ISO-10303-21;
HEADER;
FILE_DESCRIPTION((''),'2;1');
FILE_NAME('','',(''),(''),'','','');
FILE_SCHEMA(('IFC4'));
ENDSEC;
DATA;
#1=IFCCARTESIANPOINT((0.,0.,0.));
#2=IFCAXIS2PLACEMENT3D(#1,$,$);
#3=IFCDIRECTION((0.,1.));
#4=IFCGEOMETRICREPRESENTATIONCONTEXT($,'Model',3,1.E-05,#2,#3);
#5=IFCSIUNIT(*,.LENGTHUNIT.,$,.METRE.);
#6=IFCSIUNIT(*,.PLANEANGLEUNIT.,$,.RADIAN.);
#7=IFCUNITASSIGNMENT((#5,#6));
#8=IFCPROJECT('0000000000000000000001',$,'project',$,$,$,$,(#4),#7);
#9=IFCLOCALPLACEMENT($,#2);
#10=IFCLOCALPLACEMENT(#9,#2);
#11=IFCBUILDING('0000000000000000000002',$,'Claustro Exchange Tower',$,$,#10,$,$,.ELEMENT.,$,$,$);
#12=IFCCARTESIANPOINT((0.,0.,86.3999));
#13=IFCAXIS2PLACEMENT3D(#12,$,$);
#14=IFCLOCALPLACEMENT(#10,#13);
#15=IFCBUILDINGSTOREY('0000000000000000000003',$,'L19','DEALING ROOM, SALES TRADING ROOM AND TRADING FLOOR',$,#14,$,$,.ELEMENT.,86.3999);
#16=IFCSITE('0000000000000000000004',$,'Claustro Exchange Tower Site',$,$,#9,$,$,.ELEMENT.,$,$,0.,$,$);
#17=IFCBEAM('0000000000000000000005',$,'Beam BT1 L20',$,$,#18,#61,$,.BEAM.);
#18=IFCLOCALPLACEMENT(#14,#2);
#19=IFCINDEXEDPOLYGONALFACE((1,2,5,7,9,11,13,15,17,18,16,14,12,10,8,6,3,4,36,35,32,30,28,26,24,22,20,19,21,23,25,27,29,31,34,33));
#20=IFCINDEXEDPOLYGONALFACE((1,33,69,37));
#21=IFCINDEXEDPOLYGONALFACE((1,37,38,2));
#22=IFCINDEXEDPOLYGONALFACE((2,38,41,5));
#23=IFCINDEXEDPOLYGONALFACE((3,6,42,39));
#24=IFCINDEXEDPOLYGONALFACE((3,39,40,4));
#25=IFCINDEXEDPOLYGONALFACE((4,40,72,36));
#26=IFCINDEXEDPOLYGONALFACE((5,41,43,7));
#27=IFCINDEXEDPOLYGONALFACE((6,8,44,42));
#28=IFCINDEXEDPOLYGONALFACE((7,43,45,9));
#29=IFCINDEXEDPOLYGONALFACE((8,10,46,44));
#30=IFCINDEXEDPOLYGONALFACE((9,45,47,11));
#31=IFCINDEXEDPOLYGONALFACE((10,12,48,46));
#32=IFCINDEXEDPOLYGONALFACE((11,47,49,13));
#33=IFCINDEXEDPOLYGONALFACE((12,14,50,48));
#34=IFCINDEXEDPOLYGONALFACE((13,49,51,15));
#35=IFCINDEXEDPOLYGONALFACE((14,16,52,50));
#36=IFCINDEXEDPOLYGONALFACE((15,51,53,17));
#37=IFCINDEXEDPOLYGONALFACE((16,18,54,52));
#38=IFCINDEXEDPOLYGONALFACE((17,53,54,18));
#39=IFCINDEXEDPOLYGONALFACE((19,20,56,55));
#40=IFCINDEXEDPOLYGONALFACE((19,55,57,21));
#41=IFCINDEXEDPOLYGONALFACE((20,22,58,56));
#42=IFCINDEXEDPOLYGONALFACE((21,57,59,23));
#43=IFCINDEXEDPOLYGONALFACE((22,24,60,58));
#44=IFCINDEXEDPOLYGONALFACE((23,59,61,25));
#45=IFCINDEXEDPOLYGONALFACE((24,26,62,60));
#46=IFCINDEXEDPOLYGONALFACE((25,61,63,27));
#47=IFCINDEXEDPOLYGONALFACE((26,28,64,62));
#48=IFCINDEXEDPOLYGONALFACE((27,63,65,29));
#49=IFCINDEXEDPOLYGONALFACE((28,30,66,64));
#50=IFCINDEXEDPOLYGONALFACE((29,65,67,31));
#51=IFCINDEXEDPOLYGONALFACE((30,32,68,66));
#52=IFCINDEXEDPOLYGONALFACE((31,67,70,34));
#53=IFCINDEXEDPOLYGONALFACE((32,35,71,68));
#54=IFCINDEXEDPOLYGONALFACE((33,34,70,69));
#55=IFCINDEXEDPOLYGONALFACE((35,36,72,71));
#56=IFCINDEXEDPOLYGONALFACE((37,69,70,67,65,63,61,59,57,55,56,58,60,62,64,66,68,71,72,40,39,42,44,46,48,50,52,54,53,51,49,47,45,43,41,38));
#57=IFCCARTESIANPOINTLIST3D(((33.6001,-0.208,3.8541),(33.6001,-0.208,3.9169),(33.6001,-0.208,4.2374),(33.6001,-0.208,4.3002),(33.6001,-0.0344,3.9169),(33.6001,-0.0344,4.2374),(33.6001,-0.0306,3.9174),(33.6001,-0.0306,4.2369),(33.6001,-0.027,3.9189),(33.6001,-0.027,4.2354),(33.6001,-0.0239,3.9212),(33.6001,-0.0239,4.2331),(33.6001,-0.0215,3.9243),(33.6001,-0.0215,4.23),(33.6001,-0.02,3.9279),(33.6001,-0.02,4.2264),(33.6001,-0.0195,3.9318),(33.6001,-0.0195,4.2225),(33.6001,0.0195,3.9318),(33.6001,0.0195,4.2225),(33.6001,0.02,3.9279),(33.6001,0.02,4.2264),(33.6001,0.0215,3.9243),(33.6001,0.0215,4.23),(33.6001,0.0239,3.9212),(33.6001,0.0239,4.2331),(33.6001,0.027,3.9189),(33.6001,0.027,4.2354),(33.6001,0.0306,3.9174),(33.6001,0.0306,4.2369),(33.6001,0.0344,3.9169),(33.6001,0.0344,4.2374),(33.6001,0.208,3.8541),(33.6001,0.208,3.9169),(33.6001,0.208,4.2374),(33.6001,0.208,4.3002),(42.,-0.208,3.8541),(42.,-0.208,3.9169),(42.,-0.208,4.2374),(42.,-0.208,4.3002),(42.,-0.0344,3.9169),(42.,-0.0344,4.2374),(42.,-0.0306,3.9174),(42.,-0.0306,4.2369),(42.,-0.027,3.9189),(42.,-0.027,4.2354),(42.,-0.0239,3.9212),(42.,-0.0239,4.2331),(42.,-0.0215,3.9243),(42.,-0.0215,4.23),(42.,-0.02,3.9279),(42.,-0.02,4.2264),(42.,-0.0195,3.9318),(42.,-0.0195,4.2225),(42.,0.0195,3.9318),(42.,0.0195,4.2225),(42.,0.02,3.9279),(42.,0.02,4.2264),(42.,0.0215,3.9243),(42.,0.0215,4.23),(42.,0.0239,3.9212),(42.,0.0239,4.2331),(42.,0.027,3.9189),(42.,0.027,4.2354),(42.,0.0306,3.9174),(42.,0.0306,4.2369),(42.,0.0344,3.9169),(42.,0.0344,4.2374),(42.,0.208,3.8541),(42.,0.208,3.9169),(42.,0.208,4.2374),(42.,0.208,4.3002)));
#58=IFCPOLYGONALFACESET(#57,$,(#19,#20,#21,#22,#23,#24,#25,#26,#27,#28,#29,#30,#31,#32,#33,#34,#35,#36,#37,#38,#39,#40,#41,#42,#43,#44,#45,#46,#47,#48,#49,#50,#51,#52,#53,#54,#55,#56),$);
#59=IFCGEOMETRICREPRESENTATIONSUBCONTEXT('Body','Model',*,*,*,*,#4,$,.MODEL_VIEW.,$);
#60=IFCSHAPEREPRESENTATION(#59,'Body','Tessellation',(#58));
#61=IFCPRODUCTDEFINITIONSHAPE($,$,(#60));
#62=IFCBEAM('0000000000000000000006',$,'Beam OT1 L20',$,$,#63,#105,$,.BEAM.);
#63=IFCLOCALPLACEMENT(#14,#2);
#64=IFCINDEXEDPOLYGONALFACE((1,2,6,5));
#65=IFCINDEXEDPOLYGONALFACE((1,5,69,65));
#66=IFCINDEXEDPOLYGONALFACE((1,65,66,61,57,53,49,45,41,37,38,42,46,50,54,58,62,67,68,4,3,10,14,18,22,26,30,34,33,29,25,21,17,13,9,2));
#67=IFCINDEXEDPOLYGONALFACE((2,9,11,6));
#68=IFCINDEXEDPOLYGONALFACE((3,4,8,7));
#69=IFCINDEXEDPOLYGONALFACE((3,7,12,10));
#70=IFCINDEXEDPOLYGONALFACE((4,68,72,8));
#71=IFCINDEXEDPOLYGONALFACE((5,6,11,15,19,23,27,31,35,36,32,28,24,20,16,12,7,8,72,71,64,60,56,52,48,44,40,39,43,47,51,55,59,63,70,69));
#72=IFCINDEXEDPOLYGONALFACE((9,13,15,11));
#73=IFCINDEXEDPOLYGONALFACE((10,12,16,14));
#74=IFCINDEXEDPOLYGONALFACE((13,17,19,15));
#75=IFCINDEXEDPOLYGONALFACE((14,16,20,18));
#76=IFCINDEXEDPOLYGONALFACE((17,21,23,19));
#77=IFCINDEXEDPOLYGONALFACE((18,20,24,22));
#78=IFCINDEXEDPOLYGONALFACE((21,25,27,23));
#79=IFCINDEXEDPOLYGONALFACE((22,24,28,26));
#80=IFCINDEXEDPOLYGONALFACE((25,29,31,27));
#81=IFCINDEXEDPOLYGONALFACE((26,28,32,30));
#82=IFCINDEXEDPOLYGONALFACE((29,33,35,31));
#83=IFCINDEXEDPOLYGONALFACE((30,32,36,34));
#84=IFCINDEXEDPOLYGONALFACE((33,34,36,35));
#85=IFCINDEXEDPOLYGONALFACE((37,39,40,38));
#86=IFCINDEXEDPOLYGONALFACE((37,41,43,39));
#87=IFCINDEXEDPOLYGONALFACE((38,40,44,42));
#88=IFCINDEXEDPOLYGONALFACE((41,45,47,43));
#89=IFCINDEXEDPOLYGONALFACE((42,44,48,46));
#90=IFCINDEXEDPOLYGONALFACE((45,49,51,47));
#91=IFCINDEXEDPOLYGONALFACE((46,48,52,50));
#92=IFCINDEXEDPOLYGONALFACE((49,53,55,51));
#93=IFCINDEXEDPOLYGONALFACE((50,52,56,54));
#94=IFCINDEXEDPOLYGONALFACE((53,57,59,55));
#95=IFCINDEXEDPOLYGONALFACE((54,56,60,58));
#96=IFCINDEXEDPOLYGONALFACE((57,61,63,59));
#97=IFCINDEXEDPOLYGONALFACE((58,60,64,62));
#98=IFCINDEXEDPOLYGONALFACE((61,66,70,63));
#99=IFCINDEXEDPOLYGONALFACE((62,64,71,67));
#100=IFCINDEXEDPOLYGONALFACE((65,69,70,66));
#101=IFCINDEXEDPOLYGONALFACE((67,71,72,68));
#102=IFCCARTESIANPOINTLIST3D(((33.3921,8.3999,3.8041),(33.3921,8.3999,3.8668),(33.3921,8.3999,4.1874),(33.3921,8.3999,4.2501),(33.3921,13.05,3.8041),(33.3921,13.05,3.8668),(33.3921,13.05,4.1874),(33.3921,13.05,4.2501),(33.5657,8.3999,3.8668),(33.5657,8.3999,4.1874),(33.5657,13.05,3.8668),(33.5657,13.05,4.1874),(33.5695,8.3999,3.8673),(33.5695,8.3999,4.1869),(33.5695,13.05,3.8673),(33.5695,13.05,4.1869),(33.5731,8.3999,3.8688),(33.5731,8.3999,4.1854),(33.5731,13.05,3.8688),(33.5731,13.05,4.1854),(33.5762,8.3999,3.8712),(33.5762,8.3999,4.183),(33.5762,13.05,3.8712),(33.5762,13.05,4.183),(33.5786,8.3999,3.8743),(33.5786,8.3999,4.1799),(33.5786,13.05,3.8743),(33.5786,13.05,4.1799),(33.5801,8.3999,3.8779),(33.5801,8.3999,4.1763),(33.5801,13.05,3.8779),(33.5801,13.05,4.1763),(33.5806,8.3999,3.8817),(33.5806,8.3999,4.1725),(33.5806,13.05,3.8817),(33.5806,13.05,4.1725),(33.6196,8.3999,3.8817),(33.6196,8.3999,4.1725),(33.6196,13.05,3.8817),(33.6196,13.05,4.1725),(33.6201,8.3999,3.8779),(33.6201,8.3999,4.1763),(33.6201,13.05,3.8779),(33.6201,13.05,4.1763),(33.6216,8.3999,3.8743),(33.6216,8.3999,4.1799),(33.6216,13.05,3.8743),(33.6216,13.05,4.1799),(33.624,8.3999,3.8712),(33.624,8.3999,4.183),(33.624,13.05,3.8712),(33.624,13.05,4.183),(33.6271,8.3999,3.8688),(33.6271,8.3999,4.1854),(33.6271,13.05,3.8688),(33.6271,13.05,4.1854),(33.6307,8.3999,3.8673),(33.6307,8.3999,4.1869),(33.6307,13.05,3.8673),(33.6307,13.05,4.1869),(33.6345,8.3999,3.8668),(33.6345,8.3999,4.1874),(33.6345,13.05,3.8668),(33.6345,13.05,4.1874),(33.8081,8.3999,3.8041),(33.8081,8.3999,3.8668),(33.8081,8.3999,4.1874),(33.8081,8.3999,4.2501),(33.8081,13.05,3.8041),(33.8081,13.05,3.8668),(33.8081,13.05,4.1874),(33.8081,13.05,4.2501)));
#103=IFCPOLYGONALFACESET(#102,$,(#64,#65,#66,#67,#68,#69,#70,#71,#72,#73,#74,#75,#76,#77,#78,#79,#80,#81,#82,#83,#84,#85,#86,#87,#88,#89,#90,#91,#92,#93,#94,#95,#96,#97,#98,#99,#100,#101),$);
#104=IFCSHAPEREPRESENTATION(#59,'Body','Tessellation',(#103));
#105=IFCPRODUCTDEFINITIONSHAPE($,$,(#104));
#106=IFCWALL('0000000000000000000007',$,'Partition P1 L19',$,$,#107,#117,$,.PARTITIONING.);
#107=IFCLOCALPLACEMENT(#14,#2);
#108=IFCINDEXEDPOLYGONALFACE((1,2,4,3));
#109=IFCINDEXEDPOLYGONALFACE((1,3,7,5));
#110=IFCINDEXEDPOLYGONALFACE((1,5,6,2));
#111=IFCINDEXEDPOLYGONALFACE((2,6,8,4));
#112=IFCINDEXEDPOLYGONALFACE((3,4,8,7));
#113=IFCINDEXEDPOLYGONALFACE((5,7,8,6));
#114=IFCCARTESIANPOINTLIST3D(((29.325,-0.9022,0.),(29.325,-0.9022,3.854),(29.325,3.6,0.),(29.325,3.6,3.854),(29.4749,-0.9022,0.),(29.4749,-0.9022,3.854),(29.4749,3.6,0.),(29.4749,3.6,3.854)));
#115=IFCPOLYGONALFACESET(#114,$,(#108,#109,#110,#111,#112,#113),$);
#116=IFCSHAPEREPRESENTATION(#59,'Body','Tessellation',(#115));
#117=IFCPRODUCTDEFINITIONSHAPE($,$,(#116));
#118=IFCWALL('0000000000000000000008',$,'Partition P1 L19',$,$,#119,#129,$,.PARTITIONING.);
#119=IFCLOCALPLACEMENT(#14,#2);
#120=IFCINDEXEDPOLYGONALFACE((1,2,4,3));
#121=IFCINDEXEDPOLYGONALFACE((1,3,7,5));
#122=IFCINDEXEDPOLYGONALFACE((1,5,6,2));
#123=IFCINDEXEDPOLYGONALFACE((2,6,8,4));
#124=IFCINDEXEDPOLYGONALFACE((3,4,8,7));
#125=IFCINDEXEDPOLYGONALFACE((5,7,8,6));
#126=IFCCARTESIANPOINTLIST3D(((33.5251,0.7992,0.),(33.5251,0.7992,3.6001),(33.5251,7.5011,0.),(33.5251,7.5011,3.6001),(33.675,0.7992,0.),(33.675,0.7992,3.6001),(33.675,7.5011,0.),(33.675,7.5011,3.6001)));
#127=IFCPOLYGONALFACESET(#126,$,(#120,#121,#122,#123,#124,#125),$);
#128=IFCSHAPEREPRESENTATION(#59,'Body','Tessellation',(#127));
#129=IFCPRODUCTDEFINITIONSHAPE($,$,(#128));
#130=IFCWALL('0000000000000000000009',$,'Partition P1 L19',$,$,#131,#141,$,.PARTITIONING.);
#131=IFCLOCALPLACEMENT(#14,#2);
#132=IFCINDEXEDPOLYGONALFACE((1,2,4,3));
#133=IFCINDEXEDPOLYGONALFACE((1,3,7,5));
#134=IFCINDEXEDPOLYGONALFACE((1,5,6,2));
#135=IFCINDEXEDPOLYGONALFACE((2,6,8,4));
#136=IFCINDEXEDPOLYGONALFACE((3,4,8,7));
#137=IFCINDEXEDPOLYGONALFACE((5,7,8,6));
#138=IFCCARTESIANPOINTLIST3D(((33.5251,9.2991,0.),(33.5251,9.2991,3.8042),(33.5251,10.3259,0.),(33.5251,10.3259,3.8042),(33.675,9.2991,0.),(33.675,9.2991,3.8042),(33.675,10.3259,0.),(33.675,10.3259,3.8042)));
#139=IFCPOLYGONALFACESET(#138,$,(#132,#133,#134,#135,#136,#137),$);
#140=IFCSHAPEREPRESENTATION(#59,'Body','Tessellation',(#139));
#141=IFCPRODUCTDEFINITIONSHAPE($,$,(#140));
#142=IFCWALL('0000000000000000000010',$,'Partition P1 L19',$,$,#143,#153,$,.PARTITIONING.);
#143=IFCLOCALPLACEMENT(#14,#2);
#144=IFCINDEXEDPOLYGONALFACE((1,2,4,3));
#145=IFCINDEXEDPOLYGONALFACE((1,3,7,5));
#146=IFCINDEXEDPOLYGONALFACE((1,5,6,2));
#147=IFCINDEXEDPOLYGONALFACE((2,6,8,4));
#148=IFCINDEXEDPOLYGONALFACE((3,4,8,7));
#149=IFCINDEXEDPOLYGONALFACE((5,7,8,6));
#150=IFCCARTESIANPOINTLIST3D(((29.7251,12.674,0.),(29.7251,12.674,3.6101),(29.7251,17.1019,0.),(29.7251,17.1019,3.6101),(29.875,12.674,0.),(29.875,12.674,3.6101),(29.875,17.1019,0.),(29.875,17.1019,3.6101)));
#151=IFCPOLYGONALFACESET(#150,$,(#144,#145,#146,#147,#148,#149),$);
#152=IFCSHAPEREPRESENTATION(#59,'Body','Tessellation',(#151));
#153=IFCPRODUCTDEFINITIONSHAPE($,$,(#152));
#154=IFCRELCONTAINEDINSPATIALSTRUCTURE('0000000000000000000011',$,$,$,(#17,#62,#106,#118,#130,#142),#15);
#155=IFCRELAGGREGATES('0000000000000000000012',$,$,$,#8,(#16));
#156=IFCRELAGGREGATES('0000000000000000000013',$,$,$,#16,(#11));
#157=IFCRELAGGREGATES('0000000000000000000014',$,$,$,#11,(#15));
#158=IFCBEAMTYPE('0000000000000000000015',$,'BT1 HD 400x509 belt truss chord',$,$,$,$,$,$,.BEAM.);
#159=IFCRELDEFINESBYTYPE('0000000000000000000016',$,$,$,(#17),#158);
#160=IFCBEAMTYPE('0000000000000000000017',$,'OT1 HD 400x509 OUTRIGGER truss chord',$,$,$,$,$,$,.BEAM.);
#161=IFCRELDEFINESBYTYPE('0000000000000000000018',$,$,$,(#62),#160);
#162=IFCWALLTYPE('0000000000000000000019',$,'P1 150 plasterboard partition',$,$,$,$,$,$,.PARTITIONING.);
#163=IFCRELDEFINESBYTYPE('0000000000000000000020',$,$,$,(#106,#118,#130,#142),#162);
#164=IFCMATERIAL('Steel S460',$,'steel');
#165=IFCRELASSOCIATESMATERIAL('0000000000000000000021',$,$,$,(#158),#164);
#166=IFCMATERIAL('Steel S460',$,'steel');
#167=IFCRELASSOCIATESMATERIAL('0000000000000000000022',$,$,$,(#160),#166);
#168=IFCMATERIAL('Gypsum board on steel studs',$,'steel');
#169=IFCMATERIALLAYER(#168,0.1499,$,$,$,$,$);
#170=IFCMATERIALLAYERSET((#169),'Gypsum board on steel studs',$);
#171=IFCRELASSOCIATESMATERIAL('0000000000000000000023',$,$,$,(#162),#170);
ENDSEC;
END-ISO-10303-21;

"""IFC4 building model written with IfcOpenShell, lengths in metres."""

from ifc_helpers import new_model, si_unit, direction, frame, frame_2d, origin, origin_2d, place, context, subcontext, project, spatial, rectangle, i_section, extrude, material, layer, layer_set, material_profile, profile_set, type_object, element, save


model = new_model("IFC4")

# Units and contexts
model_context = context("Model", 3, precision=1e-05, world=origin(), true_north=direction((0.0, 1.0)))
body_context = subcontext(model_context, "Body", "Model", "MODEL_VIEW")
ifc_project = project(units=[si_unit("LENGTHUNIT", "METRE"), si_unit("PLANEANGLEUNIT", "RADIAN")], contexts=[model_context])

# Site, building, storey
site_placement = place(None, origin())
site = spatial("IfcSite", under=ifc_project, at=site_placement, Name="Claustro Exchange Tower Site", CompositionType="ELEMENT", RefElevation=0.0)
building_placement = place(site_placement, origin())
building = spatial("IfcBuilding", under=site, at=building_placement, Name="Claustro Exchange Tower", CompositionType="ELEMENT")
storey_placement = place(building_placement, frame((0.0, 0.0, 86.3999)))
storey = spatial("IfcBuildingStorey", under=building, at=storey_placement, Name="L19", Description="DEALING ROOM, SALES TRADING ROOM AND TRADING FLOOR", CompositionType="ELEMENT", Elevation=86.3999)

# Beams
ifc_material_1 = material(Name="Steel S460", Category="steel")
ifc_material_profile_1 = material_profile(ifc_material_1, i_section(OverallWidth=0.416, OverallDepth=0.446, WebThickness=0.0391, FlangeThickness=0.0627, FilletRadius=0.0149, at=origin_2d()), Name="HD 400x509")
ifc_profile_set_1 = profile_set([ifc_material_profile_1], Name="Steel S460")
beam_type_1 = type_object("IfcBeamType", Name="BT1 HD 400x509 belt truss chord", PredefinedType="BEAM", material=ifc_profile_set_1)
beam_1_placement = place(storey_placement, frame((33.6001, 0.0, 4.0771), z_axis=(1.0, 0.0, 0.0), x_axis=(0.0, 1.0, 0.0)))
element("IfcBeam", 1, at=beam_1_placement, inside=storey, type_object=beam_type_1, Name="Beam BT1 L20", PredefinedType="BEAM", context=body_context, shape_type="SweptSolid", body=[
    extrude(i_section(OverallWidth=0.416, OverallDepth=0.446, WebThickness=0.0391, FlangeThickness=0.0627, FilletRadius=0.0149, at=origin_2d()), origin(), (0.0, 0.0, 1.0), 8.3999),
])
ifc_material_2 = material(Name="Steel S460", Category="steel")
ifc_material_profile_2 = material_profile(ifc_material_2, i_section(OverallWidth=0.416, OverallDepth=0.446, WebThickness=0.0391, FlangeThickness=0.0627, FilletRadius=0.0149, at=origin_2d()), Name="HD 400x509")
ifc_profile_set_2 = profile_set([ifc_material_profile_2], Name="Steel S460")
beam_type_2 = type_object("IfcBeamType", Name="OT1 HD 400x509 OUTRIGGER truss chord", PredefinedType="BEAM", material=ifc_profile_set_2)
beam_2_placement = place(storey_placement, frame((33.6001, 8.3999, 4.0271), z_axis=(0.0, 1.0, 0.0), x_axis=(-1.0, 0.0, 0.0)))
element("IfcBeam", 2, at=beam_2_placement, inside=storey, type_object=beam_type_2, Name="Beam OT1 L20", PredefinedType="BEAM", context=body_context, shape_type="SweptSolid", body=[
    extrude(i_section(OverallWidth=0.416, OverallDepth=0.446, WebThickness=0.0391, FlangeThickness=0.0627, FilletRadius=0.0149, at=origin_2d()), origin(), (0.0, 0.0, 1.0), 4.6501),
])

# Walls
ifc_material_3 = material(Name="Gypsum board on steel studs", Category="steel")
ifc_layer_1 = layer(ifc_material_3, 0.1499)
ifc_layer_set_1 = layer_set([ifc_layer_1], Name="Gypsum board on steel studs")
wall_type_1 = type_object("IfcWallType", Name="P1 150 plasterboard partition", PredefinedType="PARTITIONING", material=ifc_layer_set_1)
wall_1_placement = place(storey_placement, frame((29.3999, -0.9021, 0.0), z_axis=(0.0, 0.0, 1.0), x_axis=(0.0, 1.0, 0.0)))
element("IfcWall", 3, at=wall_1_placement, inside=storey, type_object=wall_type_1, Name="Partition P1 L19", PredefinedType="PARTITIONING", context=body_context, shape_type="SweptSolid", body=[
    extrude(rectangle(XDim=4.5022, YDim=0.1499, at=frame_2d((2.251, 0.0))), origin(), (0.0, 0.0, 1.0), 3.854),
])
wall_2_placement = place(storey_placement, frame((33.6001, 0.7991, 0.0), z_axis=(0.0, 0.0, 1.0), x_axis=(0.0, 1.0, 0.0)))
element("IfcWall", 4, at=wall_2_placement, inside=storey, type_object=wall_type_1, Name="Partition P1 L19", PredefinedType="PARTITIONING", context=body_context, shape_type="SweptSolid", body=[
    extrude(rectangle(XDim=6.7019, YDim=0.1499, at=frame_2d((3.3511, 0.0))), origin(), (0.0, 0.0, 1.0), 3.6001),
])
wall_3_placement = place(storey_placement, frame((33.6001, 9.2991, 0.0), z_axis=(0.0, 0.0, 1.0), x_axis=(0.0, 1.0, 0.0)))
element("IfcWall", 5, at=wall_3_placement, inside=storey, type_object=wall_type_1, Name="Partition P1 L19", PredefinedType="PARTITIONING", context=body_context, shape_type="SweptSolid", body=[
    extrude(rectangle(XDim=1.0269, YDim=0.1499, at=frame_2d((0.5134, 0.0))), origin(), (0.0, 0.0, 1.0), 3.8042),
])
wall_4_placement = place(storey_placement, frame((29.8, 12.6741, 0.0), z_axis=(0.0, 0.0, 1.0), x_axis=(0.0, 1.0, 0.0)))
element("IfcWall", 6, at=wall_4_placement, inside=storey, type_object=wall_type_1, Name="Partition P1 L19", PredefinedType="PARTITIONING", context=body_context, shape_type="SweptSolid", body=[
    extrude(rectangle(XDim=4.428, YDim=0.1499, at=frame_2d((2.2139, 0.0))), origin(), (0.0, 0.0, 1.0), 3.6101),
])

save(model, "model.ifc")
